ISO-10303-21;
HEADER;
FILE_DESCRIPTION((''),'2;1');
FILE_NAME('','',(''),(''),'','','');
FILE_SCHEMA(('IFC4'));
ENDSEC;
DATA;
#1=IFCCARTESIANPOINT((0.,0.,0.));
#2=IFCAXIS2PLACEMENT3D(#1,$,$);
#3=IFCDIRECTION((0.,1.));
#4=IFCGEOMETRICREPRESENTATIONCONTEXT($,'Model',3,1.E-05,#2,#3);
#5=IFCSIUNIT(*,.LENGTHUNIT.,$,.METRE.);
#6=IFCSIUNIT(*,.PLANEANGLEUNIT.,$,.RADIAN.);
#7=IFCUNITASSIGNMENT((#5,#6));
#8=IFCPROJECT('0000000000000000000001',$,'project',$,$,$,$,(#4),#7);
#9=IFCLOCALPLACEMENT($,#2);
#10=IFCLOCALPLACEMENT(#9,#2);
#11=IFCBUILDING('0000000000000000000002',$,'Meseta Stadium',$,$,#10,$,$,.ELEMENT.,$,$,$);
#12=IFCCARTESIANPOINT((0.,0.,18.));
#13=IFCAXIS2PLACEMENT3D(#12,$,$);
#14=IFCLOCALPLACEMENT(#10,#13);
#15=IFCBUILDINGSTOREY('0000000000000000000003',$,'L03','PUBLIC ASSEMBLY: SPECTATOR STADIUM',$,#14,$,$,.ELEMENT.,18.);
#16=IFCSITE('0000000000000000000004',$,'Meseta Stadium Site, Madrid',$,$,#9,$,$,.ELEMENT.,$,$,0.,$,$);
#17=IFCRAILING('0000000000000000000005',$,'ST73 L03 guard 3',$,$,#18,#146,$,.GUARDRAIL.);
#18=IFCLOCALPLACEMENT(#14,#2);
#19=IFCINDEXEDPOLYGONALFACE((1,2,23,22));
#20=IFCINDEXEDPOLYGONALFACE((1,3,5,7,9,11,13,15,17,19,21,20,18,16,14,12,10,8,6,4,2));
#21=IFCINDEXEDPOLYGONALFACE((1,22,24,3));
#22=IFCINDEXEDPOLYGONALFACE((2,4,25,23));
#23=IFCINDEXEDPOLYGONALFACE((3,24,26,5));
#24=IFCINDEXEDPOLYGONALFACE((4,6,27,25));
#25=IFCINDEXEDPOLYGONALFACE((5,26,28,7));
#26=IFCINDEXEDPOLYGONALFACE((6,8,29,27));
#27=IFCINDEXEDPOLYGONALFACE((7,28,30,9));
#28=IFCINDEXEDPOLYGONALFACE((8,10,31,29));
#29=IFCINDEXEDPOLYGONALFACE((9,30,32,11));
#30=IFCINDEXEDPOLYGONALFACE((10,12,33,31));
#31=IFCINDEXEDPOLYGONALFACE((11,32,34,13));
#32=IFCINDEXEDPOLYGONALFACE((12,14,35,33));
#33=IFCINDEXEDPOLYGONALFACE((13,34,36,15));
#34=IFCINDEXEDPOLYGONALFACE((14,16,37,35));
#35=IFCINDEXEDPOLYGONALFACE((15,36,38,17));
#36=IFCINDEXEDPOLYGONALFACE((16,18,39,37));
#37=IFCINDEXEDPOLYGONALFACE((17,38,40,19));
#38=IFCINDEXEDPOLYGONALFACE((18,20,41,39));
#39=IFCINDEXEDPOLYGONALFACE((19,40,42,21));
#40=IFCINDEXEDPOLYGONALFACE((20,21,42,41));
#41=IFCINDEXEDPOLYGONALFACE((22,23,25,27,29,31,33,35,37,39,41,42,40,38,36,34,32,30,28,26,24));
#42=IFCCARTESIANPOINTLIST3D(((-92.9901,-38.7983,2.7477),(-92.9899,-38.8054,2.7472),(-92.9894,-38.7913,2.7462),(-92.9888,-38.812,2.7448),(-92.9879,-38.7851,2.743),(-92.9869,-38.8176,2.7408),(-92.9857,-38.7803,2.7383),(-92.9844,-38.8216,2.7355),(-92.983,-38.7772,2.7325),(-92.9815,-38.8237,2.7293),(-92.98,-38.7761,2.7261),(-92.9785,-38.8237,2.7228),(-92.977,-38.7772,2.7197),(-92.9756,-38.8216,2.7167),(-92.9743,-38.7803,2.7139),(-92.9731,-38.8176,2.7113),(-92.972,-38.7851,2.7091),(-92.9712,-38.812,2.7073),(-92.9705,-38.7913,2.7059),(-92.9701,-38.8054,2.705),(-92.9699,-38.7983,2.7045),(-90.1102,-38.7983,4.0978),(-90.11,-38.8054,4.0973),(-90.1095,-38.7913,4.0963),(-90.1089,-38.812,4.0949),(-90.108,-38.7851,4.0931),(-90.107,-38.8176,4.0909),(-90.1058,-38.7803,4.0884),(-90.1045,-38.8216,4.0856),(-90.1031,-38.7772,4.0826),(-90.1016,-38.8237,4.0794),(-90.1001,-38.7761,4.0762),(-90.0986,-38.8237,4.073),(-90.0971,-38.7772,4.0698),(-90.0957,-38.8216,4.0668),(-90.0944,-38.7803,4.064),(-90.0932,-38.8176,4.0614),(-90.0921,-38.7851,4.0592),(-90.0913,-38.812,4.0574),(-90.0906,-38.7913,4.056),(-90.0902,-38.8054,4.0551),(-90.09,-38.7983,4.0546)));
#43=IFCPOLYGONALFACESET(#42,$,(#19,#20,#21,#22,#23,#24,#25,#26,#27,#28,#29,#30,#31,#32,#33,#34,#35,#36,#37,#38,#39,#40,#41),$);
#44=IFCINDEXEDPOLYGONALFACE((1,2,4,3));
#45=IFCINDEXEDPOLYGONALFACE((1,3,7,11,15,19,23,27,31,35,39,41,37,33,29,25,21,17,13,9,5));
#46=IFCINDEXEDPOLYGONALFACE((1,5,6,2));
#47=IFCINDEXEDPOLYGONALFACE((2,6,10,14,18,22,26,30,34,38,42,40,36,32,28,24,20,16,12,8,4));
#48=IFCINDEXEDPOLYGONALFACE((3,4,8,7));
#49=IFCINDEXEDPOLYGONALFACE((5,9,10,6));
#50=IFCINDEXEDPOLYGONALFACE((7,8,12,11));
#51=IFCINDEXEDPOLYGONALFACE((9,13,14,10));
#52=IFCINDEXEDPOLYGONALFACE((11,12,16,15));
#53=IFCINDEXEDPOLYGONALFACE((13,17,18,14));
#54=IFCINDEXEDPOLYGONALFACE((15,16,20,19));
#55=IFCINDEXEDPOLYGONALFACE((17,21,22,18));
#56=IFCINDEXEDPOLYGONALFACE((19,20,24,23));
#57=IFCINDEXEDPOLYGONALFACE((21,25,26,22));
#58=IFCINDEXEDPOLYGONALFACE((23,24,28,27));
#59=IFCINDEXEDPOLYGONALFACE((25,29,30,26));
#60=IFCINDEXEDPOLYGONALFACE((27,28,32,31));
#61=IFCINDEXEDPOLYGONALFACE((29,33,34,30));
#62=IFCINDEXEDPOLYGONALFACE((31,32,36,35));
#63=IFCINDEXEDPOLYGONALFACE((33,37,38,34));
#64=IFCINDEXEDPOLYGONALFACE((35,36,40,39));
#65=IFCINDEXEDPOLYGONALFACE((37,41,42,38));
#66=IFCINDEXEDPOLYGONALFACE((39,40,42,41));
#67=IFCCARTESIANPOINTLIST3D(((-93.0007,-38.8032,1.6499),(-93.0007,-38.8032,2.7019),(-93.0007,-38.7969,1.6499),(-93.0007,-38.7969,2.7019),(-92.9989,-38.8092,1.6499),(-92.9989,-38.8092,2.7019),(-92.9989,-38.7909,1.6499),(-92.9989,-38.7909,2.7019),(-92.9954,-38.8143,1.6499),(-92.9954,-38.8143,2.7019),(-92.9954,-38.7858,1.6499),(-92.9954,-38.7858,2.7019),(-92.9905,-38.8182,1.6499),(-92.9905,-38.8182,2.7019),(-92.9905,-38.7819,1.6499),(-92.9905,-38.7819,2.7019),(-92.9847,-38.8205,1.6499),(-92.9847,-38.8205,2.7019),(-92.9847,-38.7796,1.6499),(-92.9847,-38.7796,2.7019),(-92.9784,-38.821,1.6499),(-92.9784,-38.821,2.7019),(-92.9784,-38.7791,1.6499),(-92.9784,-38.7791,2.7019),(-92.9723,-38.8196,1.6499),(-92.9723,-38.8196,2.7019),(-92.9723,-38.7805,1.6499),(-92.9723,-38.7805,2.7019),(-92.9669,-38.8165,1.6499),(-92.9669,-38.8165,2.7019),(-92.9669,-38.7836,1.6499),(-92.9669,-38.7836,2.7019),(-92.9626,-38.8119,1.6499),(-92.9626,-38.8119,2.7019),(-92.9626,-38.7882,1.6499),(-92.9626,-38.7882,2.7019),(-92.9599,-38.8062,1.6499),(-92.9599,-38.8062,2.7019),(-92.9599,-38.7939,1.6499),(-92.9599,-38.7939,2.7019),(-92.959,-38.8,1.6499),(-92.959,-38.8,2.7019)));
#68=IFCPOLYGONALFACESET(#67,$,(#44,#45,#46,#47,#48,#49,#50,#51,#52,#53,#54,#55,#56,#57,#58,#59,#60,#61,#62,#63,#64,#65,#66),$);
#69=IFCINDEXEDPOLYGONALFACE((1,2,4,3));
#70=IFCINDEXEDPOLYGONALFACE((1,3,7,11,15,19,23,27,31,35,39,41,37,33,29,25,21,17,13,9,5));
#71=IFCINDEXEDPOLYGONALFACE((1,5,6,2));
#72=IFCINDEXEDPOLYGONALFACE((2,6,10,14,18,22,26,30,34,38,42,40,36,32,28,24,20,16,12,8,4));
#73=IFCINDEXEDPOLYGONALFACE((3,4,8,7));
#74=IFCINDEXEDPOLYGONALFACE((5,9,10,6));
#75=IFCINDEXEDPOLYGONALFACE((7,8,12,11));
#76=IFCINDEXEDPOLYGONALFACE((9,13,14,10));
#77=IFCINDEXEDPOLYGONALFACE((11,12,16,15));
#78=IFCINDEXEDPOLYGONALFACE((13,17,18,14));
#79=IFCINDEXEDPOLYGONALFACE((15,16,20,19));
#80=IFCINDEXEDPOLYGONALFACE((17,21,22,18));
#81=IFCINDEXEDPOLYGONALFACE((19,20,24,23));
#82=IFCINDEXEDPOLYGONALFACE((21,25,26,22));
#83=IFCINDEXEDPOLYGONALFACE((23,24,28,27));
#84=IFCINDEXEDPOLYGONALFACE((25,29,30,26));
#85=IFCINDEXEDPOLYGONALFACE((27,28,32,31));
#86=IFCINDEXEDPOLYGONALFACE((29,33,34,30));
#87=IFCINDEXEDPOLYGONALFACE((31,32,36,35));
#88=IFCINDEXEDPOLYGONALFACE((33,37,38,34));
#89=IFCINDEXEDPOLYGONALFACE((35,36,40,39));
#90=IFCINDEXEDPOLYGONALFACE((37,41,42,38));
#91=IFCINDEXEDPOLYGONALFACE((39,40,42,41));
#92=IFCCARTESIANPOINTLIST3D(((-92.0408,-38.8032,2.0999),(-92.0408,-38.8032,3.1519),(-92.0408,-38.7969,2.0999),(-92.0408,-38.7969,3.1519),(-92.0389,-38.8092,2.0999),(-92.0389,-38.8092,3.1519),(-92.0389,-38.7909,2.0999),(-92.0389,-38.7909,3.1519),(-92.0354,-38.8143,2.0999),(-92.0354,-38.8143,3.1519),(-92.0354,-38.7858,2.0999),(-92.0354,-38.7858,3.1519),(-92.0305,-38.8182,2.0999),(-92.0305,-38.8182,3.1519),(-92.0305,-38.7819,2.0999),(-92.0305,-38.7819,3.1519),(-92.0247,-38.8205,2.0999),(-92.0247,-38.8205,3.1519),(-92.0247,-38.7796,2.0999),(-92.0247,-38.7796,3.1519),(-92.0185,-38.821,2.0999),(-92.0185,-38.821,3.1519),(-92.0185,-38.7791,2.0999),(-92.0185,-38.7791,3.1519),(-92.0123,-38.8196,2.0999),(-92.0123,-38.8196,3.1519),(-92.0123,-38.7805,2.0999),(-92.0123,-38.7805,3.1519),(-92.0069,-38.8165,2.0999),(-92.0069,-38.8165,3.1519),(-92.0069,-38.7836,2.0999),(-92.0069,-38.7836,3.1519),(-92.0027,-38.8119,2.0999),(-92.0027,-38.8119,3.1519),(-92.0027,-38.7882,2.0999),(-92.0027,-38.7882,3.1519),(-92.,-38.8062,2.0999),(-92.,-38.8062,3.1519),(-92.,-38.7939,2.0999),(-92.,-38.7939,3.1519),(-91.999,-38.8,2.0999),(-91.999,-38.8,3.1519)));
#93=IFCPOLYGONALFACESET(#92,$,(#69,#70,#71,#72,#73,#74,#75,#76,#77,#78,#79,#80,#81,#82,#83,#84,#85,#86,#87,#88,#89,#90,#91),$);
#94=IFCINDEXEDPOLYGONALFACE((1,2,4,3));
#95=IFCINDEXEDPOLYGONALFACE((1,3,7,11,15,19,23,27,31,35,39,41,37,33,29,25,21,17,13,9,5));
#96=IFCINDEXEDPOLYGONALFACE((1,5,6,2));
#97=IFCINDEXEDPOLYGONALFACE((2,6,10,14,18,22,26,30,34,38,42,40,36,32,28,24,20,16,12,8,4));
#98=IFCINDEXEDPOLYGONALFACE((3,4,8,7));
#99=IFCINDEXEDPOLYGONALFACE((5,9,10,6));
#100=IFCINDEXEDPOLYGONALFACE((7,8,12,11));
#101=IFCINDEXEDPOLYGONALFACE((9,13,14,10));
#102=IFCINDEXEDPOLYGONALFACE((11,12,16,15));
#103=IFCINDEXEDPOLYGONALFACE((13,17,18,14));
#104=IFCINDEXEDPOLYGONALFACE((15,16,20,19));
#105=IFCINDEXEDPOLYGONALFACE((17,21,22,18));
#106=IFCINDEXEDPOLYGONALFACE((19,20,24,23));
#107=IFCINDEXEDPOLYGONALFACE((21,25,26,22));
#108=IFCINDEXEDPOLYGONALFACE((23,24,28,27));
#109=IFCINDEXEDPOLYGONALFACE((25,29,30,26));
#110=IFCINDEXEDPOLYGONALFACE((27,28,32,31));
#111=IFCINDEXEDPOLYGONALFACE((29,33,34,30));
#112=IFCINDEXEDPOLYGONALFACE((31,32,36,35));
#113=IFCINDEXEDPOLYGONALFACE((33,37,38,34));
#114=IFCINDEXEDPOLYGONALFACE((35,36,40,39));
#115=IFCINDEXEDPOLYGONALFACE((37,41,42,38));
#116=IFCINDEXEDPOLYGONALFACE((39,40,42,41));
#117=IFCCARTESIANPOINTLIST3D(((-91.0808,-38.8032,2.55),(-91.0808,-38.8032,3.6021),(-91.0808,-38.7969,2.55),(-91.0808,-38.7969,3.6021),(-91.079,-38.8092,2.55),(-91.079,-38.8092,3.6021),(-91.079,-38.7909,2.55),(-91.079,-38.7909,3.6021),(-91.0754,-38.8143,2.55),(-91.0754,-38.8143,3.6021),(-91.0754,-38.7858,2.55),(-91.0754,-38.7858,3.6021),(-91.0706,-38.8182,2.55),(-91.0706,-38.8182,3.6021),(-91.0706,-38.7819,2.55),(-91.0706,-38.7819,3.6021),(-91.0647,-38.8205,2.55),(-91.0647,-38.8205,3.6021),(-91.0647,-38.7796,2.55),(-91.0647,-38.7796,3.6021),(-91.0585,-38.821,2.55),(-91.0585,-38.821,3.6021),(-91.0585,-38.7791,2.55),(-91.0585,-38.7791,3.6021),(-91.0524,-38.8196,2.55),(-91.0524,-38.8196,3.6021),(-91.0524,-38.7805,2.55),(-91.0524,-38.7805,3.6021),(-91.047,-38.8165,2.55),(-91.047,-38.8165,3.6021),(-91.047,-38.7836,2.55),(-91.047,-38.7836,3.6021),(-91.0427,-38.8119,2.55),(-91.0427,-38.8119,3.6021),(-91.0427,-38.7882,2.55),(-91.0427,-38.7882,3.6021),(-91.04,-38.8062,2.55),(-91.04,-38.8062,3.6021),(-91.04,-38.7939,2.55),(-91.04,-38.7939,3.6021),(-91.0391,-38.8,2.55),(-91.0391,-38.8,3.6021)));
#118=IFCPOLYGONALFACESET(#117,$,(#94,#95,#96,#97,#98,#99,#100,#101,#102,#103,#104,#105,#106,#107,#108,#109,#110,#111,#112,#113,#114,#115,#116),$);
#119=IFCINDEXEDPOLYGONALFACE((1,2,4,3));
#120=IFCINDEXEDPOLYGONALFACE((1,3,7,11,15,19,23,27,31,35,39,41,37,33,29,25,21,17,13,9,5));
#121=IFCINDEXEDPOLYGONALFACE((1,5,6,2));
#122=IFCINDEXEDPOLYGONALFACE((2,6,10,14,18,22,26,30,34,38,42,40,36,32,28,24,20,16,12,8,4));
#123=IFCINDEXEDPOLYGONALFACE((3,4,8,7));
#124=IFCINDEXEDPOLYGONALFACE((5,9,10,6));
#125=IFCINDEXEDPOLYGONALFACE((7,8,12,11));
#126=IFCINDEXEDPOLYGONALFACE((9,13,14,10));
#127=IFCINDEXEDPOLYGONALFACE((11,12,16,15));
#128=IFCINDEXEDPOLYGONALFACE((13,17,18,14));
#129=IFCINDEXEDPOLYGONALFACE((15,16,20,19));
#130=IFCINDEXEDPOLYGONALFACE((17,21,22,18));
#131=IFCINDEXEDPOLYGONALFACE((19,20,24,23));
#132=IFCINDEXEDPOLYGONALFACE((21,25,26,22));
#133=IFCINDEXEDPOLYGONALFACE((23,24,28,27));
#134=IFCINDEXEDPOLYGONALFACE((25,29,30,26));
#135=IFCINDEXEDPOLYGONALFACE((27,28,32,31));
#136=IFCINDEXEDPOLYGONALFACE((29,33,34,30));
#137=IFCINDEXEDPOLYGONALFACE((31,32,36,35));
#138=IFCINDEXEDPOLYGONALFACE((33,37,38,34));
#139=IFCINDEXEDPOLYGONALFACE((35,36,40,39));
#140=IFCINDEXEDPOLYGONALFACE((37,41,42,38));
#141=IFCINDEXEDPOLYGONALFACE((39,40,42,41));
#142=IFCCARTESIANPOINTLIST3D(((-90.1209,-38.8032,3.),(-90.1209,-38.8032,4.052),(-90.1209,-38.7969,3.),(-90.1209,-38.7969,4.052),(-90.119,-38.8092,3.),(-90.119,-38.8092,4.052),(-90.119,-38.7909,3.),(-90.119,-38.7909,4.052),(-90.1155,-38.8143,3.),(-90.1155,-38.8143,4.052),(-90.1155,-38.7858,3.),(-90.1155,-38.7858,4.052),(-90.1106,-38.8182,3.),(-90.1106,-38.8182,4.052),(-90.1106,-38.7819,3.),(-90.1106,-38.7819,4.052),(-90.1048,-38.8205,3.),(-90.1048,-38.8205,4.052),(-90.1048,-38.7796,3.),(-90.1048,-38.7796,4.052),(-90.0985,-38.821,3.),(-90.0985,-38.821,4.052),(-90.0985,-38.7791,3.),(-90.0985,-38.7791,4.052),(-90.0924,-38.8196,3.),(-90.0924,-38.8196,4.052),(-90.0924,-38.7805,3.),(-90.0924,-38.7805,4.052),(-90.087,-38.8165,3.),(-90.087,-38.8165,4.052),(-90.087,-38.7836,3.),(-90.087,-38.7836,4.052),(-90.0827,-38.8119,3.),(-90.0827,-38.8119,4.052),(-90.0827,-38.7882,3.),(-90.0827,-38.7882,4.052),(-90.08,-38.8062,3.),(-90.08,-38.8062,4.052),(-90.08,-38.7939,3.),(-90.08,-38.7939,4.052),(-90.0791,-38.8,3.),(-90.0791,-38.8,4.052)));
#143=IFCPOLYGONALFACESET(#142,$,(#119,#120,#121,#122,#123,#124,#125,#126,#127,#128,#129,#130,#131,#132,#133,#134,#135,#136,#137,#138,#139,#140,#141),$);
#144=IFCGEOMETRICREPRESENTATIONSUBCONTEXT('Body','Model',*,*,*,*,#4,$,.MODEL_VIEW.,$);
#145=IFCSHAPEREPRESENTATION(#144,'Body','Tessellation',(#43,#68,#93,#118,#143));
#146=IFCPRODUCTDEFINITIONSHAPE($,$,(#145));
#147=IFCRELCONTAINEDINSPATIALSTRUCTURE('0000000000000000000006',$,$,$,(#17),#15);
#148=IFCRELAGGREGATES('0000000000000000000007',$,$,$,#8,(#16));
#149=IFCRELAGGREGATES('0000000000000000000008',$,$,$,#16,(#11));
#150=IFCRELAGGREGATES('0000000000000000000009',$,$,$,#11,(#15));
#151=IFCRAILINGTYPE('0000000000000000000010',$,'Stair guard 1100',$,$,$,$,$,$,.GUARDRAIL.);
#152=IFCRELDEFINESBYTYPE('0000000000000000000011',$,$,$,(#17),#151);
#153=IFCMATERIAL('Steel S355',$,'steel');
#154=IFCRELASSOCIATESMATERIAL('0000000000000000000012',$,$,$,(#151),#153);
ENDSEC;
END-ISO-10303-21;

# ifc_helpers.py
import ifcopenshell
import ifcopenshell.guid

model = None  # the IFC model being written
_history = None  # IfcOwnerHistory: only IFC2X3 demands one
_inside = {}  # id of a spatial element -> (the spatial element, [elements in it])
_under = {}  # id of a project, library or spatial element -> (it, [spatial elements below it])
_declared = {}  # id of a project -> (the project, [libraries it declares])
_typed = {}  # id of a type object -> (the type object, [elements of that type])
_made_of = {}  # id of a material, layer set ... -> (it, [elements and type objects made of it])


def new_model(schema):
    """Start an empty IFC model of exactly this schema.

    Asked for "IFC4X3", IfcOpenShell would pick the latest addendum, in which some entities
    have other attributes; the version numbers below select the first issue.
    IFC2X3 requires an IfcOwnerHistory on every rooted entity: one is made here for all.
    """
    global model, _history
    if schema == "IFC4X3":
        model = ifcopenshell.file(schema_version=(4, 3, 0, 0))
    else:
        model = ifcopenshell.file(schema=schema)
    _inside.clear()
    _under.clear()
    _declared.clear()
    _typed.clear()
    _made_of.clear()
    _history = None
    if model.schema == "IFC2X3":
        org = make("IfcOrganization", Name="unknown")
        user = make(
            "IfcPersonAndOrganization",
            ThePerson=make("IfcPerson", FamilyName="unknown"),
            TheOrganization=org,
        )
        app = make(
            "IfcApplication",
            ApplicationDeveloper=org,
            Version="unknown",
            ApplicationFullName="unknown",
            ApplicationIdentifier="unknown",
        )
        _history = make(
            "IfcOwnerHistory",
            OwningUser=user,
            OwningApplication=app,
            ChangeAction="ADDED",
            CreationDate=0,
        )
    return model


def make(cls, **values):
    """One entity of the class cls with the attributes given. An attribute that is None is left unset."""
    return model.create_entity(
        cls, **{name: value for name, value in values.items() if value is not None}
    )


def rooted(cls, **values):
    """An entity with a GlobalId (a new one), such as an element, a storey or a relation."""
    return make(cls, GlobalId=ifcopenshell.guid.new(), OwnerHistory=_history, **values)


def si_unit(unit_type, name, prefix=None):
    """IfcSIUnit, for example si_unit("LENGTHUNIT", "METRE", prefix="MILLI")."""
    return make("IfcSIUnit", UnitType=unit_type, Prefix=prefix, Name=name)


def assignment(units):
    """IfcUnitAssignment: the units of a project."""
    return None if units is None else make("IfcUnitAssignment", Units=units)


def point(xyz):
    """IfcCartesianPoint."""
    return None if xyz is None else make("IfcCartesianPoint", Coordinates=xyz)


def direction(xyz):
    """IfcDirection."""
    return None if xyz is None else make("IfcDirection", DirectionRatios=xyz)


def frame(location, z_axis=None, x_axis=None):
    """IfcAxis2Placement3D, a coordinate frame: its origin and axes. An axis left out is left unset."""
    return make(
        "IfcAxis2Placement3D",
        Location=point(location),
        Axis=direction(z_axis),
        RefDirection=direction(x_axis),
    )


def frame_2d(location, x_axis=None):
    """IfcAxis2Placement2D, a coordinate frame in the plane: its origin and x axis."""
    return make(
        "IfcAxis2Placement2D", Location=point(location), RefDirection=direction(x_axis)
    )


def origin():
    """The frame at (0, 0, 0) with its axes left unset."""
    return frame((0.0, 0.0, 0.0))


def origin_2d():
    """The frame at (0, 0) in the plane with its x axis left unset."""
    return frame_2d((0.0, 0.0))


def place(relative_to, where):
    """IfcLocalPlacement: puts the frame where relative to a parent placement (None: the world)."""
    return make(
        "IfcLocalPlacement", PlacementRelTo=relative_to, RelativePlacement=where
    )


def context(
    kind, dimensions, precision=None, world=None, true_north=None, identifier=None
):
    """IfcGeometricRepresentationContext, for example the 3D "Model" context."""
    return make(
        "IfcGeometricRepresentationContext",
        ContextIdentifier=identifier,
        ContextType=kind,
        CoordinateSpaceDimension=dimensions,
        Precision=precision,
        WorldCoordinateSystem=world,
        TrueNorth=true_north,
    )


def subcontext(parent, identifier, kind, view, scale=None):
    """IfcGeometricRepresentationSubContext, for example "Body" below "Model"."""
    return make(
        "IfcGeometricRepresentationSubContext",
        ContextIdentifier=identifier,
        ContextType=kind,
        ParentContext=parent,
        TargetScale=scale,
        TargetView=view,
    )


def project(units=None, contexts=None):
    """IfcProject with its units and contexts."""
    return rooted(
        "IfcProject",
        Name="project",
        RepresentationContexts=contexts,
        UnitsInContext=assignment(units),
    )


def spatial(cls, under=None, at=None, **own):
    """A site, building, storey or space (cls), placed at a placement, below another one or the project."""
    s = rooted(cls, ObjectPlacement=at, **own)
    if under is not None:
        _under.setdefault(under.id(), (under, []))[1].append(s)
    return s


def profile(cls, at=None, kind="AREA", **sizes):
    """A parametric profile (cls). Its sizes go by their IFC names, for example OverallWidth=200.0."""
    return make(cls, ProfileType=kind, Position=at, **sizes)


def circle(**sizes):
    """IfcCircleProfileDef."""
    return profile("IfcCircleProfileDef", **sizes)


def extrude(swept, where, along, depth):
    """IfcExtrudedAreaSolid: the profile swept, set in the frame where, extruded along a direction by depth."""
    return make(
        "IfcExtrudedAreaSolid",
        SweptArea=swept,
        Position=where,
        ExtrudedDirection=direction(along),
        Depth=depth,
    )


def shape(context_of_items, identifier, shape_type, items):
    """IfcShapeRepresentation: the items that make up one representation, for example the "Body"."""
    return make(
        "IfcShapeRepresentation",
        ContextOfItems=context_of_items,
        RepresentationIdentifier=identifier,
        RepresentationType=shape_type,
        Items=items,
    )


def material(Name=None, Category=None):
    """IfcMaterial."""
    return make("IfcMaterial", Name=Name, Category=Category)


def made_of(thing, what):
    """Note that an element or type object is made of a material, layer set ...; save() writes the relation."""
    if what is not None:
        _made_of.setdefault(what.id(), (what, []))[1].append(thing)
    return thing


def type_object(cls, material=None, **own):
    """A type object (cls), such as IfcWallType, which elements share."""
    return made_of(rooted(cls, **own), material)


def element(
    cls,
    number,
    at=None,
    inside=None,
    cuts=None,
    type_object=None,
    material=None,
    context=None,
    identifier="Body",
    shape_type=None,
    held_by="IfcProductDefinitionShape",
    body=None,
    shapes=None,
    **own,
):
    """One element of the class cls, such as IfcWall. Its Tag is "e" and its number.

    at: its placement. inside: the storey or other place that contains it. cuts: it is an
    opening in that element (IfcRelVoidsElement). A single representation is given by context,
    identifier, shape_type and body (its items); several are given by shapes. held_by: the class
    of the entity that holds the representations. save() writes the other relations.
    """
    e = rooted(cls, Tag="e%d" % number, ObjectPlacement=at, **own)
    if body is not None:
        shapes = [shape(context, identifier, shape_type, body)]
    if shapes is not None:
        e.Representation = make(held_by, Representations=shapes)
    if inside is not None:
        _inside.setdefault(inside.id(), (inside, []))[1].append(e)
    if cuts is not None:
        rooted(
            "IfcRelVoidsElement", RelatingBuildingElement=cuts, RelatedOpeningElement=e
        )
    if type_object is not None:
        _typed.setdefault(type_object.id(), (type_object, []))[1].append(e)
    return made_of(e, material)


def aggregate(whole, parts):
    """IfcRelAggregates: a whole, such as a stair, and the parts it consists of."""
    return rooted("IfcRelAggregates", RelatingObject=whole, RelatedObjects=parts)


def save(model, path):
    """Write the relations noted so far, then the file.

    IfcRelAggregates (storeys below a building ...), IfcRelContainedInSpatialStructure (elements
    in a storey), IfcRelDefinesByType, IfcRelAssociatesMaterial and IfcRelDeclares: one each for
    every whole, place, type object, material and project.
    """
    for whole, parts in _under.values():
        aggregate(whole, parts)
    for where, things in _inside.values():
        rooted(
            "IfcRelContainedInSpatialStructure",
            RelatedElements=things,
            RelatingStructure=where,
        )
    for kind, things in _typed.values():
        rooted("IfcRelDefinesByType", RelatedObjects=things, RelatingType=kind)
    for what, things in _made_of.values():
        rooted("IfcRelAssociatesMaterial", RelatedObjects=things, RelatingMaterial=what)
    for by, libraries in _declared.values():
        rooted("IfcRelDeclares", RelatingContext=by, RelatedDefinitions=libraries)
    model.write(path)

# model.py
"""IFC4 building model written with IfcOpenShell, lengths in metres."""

from ifc_helpers import new_model, si_unit, direction, frame, origin, origin_2d, place, context, subcontext, project, spatial, circle, extrude, material, type_object, element, save


model = new_model("IFC4")

# Units and contexts
model_context = context("Model", 3, precision=1e-05, world=origin(), true_north=direction((0.0, 1.0)))
body_context = subcontext(model_context, "Body", "Model", "MODEL_VIEW")
ifc_project = project(units=[si_unit("LENGTHUNIT", "METRE"), si_unit("PLANEANGLEUNIT", "RADIAN")], contexts=[model_context])

# Site, building, storey
site_placement = place(None, origin())
site = spatial("IfcSite", under=ifc_project, at=site_placement, Name="Meseta Stadium Site, Madrid", CompositionType="ELEMENT", RefElevation=0.0)
building_placement = place(site_placement, origin())
building = spatial("IfcBuilding", under=site, at=building_placement, Name="Meseta Stadium", CompositionType="ELEMENT")
storey_placement = place(building_placement, frame((0.0, 0.0, 18.0)))
storey = spatial("IfcBuildingStorey", under=building, at=storey_placement, Name="L03", Description="PUBLIC ASSEMBLY: SPECTATOR STADIUM", CompositionType="ELEMENT", Elevation=18.0)

# Railing
ifc_material_1 = material(Name="Steel S355", Category="steel")
railing_type_1 = type_object("IfcRailingType", Name="Stair guard 1100", PredefinedType="GUARDRAIL", material=ifc_material_1)
railing_1_placement = place(storey_placement, frame((-92.98, -38.8, 1.6499)))
element("IfcRailing", 1, at=railing_1_placement, inside=storey, type_object=railing_type_1, Name="ST73 L03 guard 3", PredefinedType="GUARDRAIL", context=body_context, shape_type="SweptSolid", body=[
    extrude(circle(Radius=0.0239, at=origin_2d()), frame((0.0, 0.0, 1.0762), z_axis=(0.90544, 0.0, 0.424473), x_axis=(0.0, 1.0, 0.0)), (0.0, 0.0, 1.0), 3.1807),
    extrude(circle(Radius=0.021, at=origin_2d()), origin(), (0.0, 0.0, 1.0), 1.052),
    extrude(circle(Radius=0.021, at=origin_2d()), frame((0.96, 0.0, 0.45)), (0.0, 0.0, 1.0), 1.052),
    extrude(circle(Radius=0.021, at=origin_2d()), frame((1.9199, 0.0, 0.9001)), (0.0, 0.0, 1.0), 1.052),
    extrude(circle(Radius=0.021, at=origin_2d()), frame((2.8799, 0.0, 1.3501)), (0.0, 0.0, 1.0), 1.052),
])

save(model, "model.ifc")
